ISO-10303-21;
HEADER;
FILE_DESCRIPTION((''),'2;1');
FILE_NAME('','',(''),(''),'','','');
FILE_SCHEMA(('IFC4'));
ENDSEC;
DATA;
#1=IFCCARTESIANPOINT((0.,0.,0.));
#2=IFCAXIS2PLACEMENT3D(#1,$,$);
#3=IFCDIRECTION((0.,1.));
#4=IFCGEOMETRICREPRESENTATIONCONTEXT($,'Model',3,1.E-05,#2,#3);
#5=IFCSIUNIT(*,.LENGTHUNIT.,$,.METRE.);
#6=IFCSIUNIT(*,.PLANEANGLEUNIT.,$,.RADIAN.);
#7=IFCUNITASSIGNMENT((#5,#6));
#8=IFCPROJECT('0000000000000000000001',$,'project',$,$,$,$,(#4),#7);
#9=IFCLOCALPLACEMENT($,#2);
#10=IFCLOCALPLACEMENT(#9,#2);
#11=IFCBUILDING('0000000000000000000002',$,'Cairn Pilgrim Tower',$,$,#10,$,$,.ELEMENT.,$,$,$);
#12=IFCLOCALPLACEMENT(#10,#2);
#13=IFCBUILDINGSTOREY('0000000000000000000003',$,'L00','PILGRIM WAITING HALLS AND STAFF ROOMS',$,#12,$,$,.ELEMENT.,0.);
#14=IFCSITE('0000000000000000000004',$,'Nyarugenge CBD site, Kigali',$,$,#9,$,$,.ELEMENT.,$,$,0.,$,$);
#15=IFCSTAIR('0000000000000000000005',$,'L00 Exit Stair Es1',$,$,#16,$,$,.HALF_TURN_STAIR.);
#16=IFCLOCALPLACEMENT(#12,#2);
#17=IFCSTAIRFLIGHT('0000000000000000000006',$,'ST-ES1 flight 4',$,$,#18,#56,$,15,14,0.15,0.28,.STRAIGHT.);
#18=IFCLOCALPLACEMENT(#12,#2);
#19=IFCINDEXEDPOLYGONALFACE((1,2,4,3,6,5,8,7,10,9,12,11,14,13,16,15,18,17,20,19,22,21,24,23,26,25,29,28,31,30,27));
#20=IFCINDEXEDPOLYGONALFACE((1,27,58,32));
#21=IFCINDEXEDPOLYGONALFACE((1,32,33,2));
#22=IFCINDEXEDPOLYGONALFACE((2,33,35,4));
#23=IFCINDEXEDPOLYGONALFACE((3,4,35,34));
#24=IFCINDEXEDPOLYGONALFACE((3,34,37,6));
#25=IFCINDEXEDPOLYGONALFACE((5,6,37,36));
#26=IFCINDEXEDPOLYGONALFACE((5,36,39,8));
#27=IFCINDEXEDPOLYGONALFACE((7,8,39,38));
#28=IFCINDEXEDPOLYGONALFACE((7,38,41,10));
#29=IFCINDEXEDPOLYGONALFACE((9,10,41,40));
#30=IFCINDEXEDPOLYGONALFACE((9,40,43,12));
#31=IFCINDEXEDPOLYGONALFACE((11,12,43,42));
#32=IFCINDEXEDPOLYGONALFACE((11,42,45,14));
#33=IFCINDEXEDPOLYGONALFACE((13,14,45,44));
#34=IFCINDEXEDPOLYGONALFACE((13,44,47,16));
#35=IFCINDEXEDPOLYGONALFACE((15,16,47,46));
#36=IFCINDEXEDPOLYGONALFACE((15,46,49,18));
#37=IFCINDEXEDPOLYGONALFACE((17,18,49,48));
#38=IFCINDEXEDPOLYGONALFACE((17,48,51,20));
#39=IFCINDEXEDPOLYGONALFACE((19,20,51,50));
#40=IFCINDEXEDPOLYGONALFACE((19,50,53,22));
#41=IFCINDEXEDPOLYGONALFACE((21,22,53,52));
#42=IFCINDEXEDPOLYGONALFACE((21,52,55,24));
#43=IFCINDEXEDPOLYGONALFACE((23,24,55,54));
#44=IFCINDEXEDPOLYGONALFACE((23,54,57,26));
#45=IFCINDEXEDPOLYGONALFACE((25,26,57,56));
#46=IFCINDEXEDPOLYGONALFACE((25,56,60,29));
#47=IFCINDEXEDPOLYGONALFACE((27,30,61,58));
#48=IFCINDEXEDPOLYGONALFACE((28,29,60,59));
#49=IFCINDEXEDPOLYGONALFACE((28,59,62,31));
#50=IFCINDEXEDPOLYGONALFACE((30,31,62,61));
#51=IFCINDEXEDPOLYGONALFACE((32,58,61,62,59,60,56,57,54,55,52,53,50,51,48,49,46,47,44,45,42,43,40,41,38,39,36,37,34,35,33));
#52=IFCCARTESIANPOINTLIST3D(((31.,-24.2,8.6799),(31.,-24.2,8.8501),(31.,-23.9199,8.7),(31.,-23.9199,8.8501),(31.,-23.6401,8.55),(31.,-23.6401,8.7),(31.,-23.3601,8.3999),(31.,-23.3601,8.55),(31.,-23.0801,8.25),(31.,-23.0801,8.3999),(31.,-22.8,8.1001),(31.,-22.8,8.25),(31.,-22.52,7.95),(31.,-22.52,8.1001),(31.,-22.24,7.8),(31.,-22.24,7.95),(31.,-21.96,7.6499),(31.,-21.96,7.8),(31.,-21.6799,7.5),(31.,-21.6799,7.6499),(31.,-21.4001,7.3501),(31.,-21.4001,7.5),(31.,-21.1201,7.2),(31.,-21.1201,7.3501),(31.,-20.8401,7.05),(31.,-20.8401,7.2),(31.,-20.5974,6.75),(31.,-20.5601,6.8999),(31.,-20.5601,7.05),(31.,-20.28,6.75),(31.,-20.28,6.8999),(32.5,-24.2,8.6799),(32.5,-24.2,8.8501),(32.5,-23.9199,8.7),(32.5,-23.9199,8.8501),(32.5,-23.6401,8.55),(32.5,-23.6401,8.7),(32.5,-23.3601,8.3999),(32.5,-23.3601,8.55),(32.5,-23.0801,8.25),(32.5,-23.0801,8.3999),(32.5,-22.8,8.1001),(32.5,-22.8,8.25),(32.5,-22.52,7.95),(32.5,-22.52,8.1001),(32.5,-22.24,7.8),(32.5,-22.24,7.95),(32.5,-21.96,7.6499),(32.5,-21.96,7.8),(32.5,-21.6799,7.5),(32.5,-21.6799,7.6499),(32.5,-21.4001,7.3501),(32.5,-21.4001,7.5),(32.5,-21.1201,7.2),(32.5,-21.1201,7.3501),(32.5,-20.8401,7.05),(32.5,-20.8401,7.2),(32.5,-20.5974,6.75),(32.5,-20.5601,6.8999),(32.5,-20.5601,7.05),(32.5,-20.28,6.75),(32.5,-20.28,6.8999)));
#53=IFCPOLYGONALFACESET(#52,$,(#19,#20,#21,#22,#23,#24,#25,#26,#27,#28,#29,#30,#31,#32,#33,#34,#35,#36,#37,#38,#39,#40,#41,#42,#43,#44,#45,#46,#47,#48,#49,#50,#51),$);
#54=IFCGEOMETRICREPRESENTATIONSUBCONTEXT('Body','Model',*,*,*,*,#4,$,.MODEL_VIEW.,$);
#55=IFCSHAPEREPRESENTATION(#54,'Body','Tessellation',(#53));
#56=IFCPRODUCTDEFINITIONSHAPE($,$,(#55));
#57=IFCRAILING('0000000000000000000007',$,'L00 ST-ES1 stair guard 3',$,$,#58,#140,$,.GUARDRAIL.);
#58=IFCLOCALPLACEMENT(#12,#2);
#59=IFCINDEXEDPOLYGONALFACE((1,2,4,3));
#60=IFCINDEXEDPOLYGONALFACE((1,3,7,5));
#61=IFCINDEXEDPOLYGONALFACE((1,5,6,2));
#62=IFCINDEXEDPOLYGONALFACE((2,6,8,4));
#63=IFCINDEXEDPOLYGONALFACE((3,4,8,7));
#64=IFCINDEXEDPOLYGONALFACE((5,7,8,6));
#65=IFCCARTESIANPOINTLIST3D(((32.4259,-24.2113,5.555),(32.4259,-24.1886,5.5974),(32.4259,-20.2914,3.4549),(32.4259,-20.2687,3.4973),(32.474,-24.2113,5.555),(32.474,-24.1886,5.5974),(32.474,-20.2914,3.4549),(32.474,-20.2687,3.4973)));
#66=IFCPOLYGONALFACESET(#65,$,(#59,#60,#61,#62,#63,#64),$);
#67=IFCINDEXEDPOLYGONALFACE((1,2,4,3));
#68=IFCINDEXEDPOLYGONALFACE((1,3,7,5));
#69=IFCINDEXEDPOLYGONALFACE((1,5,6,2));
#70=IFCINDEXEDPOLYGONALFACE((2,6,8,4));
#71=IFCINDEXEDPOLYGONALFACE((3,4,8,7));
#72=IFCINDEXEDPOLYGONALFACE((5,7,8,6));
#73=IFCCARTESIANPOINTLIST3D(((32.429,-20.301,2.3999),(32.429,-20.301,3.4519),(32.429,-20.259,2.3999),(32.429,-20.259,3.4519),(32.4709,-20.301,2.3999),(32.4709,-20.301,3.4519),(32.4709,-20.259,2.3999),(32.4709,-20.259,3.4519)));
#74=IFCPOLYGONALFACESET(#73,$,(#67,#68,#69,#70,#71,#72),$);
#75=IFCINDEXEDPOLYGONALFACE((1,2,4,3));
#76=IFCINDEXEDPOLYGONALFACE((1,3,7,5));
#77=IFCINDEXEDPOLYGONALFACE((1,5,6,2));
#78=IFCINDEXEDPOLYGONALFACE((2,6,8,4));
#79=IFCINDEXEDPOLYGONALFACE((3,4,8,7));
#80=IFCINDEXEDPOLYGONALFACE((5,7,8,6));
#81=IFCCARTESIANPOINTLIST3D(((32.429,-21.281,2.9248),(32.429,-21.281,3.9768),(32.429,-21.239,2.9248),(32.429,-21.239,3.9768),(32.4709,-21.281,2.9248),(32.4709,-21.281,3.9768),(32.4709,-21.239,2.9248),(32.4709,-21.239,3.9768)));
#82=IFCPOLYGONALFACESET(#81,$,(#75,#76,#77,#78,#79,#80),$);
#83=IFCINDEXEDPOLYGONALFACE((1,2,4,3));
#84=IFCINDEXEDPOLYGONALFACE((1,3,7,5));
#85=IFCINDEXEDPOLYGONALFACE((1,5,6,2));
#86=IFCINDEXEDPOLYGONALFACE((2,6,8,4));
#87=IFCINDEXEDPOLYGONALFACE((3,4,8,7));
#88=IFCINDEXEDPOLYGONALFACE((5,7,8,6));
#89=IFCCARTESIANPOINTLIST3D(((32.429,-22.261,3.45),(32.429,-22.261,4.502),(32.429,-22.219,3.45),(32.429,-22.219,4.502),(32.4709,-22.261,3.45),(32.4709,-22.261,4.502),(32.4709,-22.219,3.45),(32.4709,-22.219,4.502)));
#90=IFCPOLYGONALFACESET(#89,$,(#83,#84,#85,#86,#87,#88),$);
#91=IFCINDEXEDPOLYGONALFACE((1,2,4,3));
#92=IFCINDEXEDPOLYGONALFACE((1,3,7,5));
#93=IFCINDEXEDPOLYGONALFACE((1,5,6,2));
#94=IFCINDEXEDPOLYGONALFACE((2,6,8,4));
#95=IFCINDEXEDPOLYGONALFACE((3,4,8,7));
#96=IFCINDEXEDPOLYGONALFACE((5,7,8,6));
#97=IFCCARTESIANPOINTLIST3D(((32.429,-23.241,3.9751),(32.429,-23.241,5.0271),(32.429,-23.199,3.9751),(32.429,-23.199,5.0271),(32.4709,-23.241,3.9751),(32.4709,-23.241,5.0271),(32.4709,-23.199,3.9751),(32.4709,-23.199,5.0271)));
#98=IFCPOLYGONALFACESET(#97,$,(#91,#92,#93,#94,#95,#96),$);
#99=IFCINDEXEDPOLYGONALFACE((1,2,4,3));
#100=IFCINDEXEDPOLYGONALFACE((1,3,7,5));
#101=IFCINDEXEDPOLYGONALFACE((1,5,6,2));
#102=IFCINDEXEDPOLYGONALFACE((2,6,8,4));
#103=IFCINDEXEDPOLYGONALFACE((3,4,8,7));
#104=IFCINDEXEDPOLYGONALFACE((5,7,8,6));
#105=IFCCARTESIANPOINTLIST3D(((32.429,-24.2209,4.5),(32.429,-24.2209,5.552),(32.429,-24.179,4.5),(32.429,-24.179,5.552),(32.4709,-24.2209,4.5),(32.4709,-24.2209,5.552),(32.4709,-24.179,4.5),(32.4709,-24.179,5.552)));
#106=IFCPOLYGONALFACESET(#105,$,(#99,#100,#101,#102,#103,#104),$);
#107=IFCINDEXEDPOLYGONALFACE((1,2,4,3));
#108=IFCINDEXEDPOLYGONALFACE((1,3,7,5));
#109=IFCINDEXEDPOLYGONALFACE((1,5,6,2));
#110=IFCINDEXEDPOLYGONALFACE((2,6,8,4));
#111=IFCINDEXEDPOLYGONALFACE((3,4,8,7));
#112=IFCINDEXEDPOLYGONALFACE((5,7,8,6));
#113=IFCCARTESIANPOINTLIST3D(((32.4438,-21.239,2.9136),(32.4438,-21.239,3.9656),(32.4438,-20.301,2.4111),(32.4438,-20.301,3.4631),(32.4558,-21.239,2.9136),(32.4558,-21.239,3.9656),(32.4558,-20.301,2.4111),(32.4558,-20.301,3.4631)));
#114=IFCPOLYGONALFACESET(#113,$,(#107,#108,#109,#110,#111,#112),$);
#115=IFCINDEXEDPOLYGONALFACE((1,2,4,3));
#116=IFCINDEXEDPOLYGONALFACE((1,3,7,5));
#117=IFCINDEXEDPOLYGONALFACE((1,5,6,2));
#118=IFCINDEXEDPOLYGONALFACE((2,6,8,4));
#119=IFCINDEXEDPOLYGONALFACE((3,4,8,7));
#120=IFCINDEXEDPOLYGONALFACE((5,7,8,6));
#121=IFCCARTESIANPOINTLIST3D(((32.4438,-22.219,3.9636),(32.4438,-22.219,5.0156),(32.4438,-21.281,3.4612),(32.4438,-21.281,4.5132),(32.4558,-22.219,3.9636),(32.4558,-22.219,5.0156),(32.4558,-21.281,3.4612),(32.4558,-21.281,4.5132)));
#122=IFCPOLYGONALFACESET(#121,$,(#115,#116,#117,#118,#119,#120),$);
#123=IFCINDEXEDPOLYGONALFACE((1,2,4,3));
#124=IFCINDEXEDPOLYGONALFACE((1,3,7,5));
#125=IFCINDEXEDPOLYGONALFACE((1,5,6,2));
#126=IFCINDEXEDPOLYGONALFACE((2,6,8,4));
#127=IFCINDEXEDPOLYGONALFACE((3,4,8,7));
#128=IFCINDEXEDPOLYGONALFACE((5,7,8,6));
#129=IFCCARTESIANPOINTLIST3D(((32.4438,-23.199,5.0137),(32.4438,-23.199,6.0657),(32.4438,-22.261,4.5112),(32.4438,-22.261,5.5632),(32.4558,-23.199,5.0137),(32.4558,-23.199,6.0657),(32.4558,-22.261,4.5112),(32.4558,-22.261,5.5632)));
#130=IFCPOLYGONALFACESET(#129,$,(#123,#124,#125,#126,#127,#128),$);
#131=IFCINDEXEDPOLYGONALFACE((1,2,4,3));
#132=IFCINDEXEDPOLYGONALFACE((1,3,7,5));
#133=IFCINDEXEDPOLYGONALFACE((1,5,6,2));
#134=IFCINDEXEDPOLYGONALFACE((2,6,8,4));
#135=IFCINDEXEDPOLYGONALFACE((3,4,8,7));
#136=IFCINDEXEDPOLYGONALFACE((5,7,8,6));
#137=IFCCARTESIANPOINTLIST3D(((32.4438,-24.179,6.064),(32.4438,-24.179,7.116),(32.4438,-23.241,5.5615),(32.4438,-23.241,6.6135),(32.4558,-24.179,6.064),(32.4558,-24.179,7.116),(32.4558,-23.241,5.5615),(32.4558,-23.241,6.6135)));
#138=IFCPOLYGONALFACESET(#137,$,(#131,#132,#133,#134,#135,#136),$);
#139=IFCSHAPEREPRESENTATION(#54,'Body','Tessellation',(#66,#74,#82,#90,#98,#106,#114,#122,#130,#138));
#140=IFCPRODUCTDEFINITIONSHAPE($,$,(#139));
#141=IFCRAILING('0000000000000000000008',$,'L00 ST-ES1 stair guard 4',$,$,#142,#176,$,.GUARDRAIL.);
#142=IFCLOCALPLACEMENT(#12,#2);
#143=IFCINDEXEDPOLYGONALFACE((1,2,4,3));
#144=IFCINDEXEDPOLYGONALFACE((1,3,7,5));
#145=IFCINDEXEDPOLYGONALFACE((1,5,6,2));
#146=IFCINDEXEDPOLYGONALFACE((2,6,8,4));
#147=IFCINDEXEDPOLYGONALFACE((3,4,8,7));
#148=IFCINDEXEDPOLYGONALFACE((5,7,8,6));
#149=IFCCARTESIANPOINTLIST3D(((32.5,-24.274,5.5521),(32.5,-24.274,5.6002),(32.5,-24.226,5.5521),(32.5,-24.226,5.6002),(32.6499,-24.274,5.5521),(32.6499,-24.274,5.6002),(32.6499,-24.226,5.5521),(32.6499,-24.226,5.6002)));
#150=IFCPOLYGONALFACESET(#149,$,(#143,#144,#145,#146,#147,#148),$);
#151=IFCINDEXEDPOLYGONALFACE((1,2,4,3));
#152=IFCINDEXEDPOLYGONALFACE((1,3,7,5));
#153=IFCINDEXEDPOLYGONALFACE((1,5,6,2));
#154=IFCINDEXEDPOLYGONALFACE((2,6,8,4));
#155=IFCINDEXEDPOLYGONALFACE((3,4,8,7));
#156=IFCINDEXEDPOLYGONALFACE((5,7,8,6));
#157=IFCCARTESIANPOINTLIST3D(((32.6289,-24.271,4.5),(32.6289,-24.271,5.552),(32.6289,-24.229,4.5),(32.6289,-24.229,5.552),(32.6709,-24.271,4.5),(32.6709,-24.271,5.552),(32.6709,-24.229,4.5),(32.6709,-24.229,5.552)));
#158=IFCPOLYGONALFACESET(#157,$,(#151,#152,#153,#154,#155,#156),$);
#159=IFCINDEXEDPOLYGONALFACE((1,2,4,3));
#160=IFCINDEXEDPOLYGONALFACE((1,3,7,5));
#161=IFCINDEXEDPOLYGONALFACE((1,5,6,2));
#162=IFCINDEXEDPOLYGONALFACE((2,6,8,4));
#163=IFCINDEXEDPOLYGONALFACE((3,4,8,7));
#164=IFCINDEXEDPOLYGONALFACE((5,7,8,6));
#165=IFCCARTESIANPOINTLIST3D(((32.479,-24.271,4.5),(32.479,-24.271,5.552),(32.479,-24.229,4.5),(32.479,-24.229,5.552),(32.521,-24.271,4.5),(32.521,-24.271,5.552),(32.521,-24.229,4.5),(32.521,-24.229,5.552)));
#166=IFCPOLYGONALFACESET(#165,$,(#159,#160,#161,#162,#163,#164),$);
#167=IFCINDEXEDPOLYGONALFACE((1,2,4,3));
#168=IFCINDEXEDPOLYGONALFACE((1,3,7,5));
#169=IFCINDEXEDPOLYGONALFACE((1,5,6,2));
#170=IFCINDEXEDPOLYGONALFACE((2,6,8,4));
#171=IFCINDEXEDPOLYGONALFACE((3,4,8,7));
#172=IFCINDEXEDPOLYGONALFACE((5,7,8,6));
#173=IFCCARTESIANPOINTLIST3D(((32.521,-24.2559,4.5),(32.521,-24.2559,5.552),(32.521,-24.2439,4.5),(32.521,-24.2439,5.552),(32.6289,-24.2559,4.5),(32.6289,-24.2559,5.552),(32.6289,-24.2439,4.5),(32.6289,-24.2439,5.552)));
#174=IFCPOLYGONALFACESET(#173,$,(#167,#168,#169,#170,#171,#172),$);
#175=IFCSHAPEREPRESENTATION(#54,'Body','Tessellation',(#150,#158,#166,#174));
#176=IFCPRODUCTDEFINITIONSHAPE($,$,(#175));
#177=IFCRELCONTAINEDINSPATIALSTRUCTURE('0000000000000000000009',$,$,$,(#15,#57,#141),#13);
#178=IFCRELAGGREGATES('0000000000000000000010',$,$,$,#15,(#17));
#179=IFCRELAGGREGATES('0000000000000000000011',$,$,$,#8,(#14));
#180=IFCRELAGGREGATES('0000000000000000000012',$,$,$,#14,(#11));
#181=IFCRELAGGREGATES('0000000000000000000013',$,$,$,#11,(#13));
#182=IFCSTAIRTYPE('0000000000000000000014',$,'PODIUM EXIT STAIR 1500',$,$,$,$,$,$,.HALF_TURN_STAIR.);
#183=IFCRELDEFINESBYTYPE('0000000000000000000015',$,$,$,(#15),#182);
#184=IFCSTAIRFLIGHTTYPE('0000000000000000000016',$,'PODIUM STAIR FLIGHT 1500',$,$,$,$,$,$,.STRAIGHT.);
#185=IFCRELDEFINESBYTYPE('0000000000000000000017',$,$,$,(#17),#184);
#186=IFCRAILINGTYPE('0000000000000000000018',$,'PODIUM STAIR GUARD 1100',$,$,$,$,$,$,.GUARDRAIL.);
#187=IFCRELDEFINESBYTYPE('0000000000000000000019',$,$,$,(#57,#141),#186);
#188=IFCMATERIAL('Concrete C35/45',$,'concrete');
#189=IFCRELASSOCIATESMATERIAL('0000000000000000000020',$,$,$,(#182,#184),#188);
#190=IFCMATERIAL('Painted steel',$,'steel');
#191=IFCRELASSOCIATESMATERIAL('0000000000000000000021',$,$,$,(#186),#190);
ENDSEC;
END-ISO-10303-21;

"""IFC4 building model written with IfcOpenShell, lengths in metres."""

from ifc_helpers import new_model, si_unit, direction, frame, origin, origin_2d, place, context, subcontext, project, spatial, polyline, rectangle, outline, extrude, material, type_object, element, aggregate, save


model = new_model("IFC4")

# Units and contexts
model_context = context("Model", 3, precision=1e-05, world=origin(), true_north=direction((0.0, 1.0)))
body_context = subcontext(model_context, "Body", "Model", "MODEL_VIEW")
ifc_project = project(units=[si_unit("LENGTHUNIT", "METRE"), si_unit("PLANEANGLEUNIT", "RADIAN")], contexts=[model_context])

# Site, building, storey
site_placement = place(None, origin())
site = spatial("IfcSite", under=ifc_project, at=site_placement, Name="Nyarugenge CBD site, Kigali", CompositionType="ELEMENT", RefElevation=0.0)
building_placement = place(site_placement, origin())
building = spatial("IfcBuilding", under=site, at=building_placement, Name="Cairn Pilgrim Tower", CompositionType="ELEMENT")
storey_placement = place(building_placement, origin())
storey = spatial("IfcBuildingStorey", under=building, at=storey_placement, Name="L00", Description="PILGRIM WAITING HALLS AND STAFF ROOMS", CompositionType="ELEMENT", Elevation=0.0)

# Shared definitions
ifc_material_1 = material(Name="Concrete C35/45", Category="concrete")

# Shared definitions
ifc_material_2 = material(Name="Painted steel", Category="steel")

# Stair, stair flight
stair_type = type_object("IfcStairType", Name="PODIUM EXIT STAIR 1500", PredefinedType="HALF_TURN_STAIR", material=ifc_material_1)
stair_placement = place(storey_placement, origin())
stair = element("IfcStair", 1, at=stair_placement, inside=storey, type_object=stair_type, Name="L00 Exit Stair Es1", PredefinedType="HALF_TURN_STAIR")
stair_flight_type = type_object("IfcStairFlightType", Name="PODIUM STAIR FLIGHT 1500", PredefinedType="STRAIGHT", material=ifc_material_1)
stair_flight_1_placement = place(storey_placement, frame((31.75, -20.28, 6.75), z_axis=(0.0, 0.0, 1.0), x_axis=(0.0, -1.0, 0.0)))
stair_flight_1 = element("IfcStairFlight", 2, at=stair_flight_1_placement, type_object=stair_flight_type, Name="ST-ES1 flight 4", NumberOfRisers=15, NumberOfTreads=14, PredefinedType="STRAIGHT", RiserHeight=0.15, TreadLength=0.28, context=body_context, shape_type="SweptSolid", body=[
    extrude(outline(polyline([(0.0, 0.0), (0.0, 0.1499), (0.28, 0.1499), (0.28, 0.3), (0.5601, 0.3), (0.5601, 0.45), (0.8401, 0.45), (0.8401, 0.6001), (1.1201, 0.6001), (1.1201, 0.75), (1.3999, 0.75), (1.3999, 0.8999), (1.6799, 0.8999), (1.6799, 1.05), (1.96, 1.05), (1.96, 1.2), (2.24, 1.2), (2.24, 1.3501), (2.52, 1.3501), (2.52, 1.5), (2.8, 1.5), (2.8, 1.6499), (3.0801, 1.6499), (3.0801, 1.8), (3.3601, 1.8), (3.3601, 1.95), (3.6399, 1.95), (3.6399, 2.1001), (3.9199, 2.1001), (3.9199, 2.25), (3.9199, 1.9299), (0.3174, 0.0), (0.0, 0.0)])), frame((0.0, 0.75, 0.0), z_axis=(0.0, -1.0, 0.0), x_axis=(1.0, 0.0, 0.0)), (0.0, 0.0, 1.0), 1.5),
])
aggregate(stair, [stair_flight_1])

# Railings
railing_type_1 = type_object("IfcRailingType", Name="PODIUM STAIR GUARD 1100", PredefinedType="GUARDRAIL", material=ifc_material_2)
railing_1_placement = place(storey_placement, frame((32.45, -20.28, 2.3999)))
element("IfcRailing", 3, at=railing_1_placement, inside=storey, type_object=railing_type_1, Name="L00 ST-ES1 stair guard 3", PredefinedType="GUARDRAIL", context=body_context, shape_type="SweptSolid", body=[
    extrude(rectangle(XDim=0.0481, YDim=0.0481, at=origin_2d()), frame((0.0, 0.0, 1.0762), z_axis=(0.0, -0.881467, 0.472246), x_axis=(1.0, 0.0, 0.0)), (0.0, 0.0, 1.0), 4.447),
    extrude(rectangle(XDim=0.042, YDim=0.042, at=origin_2d()), origin(), (0.0, 0.0, 1.0), 1.052),
    extrude(rectangle(XDim=0.042, YDim=0.042, at=origin_2d()), frame((0.0, -0.98, 0.5249)), (0.0, 0.0, 1.0), 1.052),
    extrude(rectangle(XDim=0.042, YDim=0.042, at=origin_2d()), frame((0.0, -1.96, 1.05)), (0.0, 0.0, 1.0), 1.052),
    extrude(rectangle(XDim=0.042, YDim=0.042, at=origin_2d()), frame((0.0, -2.9399, 1.5752)), (0.0, 0.0, 1.0), 1.052),
    extrude(rectangle(XDim=0.042, YDim=0.042, at=origin_2d()), frame((0.0, -3.9199, 2.1001)), (0.0, 0.0, 1.0), 1.052),
    extrude(outline(polyline([(0.021, 0.0112), (0.959, 0.5137), (0.959, 1.5657), (0.021, 1.0632), (0.021, 0.0112)])), frame((0.0059, 0.0, 0.0), z_axis=(-1.0, 0.0, 0.0), x_axis=(0.0, -1.0, 0.0)), (0.0, 0.0, 1.0), 0.012),
    extrude(outline(polyline([(0.021, 0.5364), (0.959, 1.0388), (0.959, 2.0908), (0.021, 1.5884), (0.021, 0.5364)])), frame((0.0059, -0.98, 0.5249), z_axis=(-1.0, 0.0, 0.0), x_axis=(0.0, -1.0, 0.0)), (0.0, 0.0, 1.0), 0.012),
    extrude(outline(polyline([(0.021, 1.0613), (0.959, 1.5637), (0.959, 2.6157), (0.021, 2.1133), (0.021, 1.0613)])), frame((0.0059, -1.96, 1.05), z_axis=(-1.0, 0.0, 0.0), x_axis=(0.0, -1.0, 0.0)), (0.0, 0.0, 1.0), 0.012),
    extrude(outline(polyline([(0.021, 1.5864), (0.959, 2.0889), (0.959, 3.1409), (0.021, 2.6384), (0.021, 1.5864)])), frame((0.0059, -2.9399, 1.5752), z_axis=(-1.0, 0.0, 0.0), x_axis=(0.0, -1.0, 0.0)), (0.0, 0.0, 1.0), 0.012),
])
railing_2_placement = place(storey_placement, frame((32.6499, -24.25, 4.5)))
element("IfcRailing", 4, at=railing_2_placement, inside=storey, type_object=railing_type_1, Name="L00 ST-ES1 stair guard 4", PredefinedType="GUARDRAIL", context=body_context, shape_type="SweptSolid", body=[
    extrude(rectangle(XDim=0.0481, YDim=0.0481, at=origin_2d()), frame((0.0, 0.0, 1.0762), z_axis=(-1.0, 0.0, 0.0), x_axis=(0.0, -1.0, 0.0)), (0.0, 0.0, 1.0), 0.1499),
    extrude(rectangle(XDim=0.042, YDim=0.042, at=origin_2d()), origin(), (0.0, 0.0, 1.0), 1.052),
    extrude(rectangle(XDim=0.042, YDim=0.042, at=origin_2d()), frame((-0.1499, 0.0, 0.0)), (0.0, 0.0, 1.0), 1.052),
    extrude(outline(polyline([(0.021, 0.0), (0.1289, 0.0), (0.1289, 1.052), (0.021, 1.052), (0.021, 0.0)])), frame((0.0, -0.0059, 0.0), z_axis=(0.0, 1.0, 0.0), x_axis=(-1.0, 0.0, 0.0)), (0.0, 0.0, 1.0), 0.012),
])

save(model, "model.ifc")
